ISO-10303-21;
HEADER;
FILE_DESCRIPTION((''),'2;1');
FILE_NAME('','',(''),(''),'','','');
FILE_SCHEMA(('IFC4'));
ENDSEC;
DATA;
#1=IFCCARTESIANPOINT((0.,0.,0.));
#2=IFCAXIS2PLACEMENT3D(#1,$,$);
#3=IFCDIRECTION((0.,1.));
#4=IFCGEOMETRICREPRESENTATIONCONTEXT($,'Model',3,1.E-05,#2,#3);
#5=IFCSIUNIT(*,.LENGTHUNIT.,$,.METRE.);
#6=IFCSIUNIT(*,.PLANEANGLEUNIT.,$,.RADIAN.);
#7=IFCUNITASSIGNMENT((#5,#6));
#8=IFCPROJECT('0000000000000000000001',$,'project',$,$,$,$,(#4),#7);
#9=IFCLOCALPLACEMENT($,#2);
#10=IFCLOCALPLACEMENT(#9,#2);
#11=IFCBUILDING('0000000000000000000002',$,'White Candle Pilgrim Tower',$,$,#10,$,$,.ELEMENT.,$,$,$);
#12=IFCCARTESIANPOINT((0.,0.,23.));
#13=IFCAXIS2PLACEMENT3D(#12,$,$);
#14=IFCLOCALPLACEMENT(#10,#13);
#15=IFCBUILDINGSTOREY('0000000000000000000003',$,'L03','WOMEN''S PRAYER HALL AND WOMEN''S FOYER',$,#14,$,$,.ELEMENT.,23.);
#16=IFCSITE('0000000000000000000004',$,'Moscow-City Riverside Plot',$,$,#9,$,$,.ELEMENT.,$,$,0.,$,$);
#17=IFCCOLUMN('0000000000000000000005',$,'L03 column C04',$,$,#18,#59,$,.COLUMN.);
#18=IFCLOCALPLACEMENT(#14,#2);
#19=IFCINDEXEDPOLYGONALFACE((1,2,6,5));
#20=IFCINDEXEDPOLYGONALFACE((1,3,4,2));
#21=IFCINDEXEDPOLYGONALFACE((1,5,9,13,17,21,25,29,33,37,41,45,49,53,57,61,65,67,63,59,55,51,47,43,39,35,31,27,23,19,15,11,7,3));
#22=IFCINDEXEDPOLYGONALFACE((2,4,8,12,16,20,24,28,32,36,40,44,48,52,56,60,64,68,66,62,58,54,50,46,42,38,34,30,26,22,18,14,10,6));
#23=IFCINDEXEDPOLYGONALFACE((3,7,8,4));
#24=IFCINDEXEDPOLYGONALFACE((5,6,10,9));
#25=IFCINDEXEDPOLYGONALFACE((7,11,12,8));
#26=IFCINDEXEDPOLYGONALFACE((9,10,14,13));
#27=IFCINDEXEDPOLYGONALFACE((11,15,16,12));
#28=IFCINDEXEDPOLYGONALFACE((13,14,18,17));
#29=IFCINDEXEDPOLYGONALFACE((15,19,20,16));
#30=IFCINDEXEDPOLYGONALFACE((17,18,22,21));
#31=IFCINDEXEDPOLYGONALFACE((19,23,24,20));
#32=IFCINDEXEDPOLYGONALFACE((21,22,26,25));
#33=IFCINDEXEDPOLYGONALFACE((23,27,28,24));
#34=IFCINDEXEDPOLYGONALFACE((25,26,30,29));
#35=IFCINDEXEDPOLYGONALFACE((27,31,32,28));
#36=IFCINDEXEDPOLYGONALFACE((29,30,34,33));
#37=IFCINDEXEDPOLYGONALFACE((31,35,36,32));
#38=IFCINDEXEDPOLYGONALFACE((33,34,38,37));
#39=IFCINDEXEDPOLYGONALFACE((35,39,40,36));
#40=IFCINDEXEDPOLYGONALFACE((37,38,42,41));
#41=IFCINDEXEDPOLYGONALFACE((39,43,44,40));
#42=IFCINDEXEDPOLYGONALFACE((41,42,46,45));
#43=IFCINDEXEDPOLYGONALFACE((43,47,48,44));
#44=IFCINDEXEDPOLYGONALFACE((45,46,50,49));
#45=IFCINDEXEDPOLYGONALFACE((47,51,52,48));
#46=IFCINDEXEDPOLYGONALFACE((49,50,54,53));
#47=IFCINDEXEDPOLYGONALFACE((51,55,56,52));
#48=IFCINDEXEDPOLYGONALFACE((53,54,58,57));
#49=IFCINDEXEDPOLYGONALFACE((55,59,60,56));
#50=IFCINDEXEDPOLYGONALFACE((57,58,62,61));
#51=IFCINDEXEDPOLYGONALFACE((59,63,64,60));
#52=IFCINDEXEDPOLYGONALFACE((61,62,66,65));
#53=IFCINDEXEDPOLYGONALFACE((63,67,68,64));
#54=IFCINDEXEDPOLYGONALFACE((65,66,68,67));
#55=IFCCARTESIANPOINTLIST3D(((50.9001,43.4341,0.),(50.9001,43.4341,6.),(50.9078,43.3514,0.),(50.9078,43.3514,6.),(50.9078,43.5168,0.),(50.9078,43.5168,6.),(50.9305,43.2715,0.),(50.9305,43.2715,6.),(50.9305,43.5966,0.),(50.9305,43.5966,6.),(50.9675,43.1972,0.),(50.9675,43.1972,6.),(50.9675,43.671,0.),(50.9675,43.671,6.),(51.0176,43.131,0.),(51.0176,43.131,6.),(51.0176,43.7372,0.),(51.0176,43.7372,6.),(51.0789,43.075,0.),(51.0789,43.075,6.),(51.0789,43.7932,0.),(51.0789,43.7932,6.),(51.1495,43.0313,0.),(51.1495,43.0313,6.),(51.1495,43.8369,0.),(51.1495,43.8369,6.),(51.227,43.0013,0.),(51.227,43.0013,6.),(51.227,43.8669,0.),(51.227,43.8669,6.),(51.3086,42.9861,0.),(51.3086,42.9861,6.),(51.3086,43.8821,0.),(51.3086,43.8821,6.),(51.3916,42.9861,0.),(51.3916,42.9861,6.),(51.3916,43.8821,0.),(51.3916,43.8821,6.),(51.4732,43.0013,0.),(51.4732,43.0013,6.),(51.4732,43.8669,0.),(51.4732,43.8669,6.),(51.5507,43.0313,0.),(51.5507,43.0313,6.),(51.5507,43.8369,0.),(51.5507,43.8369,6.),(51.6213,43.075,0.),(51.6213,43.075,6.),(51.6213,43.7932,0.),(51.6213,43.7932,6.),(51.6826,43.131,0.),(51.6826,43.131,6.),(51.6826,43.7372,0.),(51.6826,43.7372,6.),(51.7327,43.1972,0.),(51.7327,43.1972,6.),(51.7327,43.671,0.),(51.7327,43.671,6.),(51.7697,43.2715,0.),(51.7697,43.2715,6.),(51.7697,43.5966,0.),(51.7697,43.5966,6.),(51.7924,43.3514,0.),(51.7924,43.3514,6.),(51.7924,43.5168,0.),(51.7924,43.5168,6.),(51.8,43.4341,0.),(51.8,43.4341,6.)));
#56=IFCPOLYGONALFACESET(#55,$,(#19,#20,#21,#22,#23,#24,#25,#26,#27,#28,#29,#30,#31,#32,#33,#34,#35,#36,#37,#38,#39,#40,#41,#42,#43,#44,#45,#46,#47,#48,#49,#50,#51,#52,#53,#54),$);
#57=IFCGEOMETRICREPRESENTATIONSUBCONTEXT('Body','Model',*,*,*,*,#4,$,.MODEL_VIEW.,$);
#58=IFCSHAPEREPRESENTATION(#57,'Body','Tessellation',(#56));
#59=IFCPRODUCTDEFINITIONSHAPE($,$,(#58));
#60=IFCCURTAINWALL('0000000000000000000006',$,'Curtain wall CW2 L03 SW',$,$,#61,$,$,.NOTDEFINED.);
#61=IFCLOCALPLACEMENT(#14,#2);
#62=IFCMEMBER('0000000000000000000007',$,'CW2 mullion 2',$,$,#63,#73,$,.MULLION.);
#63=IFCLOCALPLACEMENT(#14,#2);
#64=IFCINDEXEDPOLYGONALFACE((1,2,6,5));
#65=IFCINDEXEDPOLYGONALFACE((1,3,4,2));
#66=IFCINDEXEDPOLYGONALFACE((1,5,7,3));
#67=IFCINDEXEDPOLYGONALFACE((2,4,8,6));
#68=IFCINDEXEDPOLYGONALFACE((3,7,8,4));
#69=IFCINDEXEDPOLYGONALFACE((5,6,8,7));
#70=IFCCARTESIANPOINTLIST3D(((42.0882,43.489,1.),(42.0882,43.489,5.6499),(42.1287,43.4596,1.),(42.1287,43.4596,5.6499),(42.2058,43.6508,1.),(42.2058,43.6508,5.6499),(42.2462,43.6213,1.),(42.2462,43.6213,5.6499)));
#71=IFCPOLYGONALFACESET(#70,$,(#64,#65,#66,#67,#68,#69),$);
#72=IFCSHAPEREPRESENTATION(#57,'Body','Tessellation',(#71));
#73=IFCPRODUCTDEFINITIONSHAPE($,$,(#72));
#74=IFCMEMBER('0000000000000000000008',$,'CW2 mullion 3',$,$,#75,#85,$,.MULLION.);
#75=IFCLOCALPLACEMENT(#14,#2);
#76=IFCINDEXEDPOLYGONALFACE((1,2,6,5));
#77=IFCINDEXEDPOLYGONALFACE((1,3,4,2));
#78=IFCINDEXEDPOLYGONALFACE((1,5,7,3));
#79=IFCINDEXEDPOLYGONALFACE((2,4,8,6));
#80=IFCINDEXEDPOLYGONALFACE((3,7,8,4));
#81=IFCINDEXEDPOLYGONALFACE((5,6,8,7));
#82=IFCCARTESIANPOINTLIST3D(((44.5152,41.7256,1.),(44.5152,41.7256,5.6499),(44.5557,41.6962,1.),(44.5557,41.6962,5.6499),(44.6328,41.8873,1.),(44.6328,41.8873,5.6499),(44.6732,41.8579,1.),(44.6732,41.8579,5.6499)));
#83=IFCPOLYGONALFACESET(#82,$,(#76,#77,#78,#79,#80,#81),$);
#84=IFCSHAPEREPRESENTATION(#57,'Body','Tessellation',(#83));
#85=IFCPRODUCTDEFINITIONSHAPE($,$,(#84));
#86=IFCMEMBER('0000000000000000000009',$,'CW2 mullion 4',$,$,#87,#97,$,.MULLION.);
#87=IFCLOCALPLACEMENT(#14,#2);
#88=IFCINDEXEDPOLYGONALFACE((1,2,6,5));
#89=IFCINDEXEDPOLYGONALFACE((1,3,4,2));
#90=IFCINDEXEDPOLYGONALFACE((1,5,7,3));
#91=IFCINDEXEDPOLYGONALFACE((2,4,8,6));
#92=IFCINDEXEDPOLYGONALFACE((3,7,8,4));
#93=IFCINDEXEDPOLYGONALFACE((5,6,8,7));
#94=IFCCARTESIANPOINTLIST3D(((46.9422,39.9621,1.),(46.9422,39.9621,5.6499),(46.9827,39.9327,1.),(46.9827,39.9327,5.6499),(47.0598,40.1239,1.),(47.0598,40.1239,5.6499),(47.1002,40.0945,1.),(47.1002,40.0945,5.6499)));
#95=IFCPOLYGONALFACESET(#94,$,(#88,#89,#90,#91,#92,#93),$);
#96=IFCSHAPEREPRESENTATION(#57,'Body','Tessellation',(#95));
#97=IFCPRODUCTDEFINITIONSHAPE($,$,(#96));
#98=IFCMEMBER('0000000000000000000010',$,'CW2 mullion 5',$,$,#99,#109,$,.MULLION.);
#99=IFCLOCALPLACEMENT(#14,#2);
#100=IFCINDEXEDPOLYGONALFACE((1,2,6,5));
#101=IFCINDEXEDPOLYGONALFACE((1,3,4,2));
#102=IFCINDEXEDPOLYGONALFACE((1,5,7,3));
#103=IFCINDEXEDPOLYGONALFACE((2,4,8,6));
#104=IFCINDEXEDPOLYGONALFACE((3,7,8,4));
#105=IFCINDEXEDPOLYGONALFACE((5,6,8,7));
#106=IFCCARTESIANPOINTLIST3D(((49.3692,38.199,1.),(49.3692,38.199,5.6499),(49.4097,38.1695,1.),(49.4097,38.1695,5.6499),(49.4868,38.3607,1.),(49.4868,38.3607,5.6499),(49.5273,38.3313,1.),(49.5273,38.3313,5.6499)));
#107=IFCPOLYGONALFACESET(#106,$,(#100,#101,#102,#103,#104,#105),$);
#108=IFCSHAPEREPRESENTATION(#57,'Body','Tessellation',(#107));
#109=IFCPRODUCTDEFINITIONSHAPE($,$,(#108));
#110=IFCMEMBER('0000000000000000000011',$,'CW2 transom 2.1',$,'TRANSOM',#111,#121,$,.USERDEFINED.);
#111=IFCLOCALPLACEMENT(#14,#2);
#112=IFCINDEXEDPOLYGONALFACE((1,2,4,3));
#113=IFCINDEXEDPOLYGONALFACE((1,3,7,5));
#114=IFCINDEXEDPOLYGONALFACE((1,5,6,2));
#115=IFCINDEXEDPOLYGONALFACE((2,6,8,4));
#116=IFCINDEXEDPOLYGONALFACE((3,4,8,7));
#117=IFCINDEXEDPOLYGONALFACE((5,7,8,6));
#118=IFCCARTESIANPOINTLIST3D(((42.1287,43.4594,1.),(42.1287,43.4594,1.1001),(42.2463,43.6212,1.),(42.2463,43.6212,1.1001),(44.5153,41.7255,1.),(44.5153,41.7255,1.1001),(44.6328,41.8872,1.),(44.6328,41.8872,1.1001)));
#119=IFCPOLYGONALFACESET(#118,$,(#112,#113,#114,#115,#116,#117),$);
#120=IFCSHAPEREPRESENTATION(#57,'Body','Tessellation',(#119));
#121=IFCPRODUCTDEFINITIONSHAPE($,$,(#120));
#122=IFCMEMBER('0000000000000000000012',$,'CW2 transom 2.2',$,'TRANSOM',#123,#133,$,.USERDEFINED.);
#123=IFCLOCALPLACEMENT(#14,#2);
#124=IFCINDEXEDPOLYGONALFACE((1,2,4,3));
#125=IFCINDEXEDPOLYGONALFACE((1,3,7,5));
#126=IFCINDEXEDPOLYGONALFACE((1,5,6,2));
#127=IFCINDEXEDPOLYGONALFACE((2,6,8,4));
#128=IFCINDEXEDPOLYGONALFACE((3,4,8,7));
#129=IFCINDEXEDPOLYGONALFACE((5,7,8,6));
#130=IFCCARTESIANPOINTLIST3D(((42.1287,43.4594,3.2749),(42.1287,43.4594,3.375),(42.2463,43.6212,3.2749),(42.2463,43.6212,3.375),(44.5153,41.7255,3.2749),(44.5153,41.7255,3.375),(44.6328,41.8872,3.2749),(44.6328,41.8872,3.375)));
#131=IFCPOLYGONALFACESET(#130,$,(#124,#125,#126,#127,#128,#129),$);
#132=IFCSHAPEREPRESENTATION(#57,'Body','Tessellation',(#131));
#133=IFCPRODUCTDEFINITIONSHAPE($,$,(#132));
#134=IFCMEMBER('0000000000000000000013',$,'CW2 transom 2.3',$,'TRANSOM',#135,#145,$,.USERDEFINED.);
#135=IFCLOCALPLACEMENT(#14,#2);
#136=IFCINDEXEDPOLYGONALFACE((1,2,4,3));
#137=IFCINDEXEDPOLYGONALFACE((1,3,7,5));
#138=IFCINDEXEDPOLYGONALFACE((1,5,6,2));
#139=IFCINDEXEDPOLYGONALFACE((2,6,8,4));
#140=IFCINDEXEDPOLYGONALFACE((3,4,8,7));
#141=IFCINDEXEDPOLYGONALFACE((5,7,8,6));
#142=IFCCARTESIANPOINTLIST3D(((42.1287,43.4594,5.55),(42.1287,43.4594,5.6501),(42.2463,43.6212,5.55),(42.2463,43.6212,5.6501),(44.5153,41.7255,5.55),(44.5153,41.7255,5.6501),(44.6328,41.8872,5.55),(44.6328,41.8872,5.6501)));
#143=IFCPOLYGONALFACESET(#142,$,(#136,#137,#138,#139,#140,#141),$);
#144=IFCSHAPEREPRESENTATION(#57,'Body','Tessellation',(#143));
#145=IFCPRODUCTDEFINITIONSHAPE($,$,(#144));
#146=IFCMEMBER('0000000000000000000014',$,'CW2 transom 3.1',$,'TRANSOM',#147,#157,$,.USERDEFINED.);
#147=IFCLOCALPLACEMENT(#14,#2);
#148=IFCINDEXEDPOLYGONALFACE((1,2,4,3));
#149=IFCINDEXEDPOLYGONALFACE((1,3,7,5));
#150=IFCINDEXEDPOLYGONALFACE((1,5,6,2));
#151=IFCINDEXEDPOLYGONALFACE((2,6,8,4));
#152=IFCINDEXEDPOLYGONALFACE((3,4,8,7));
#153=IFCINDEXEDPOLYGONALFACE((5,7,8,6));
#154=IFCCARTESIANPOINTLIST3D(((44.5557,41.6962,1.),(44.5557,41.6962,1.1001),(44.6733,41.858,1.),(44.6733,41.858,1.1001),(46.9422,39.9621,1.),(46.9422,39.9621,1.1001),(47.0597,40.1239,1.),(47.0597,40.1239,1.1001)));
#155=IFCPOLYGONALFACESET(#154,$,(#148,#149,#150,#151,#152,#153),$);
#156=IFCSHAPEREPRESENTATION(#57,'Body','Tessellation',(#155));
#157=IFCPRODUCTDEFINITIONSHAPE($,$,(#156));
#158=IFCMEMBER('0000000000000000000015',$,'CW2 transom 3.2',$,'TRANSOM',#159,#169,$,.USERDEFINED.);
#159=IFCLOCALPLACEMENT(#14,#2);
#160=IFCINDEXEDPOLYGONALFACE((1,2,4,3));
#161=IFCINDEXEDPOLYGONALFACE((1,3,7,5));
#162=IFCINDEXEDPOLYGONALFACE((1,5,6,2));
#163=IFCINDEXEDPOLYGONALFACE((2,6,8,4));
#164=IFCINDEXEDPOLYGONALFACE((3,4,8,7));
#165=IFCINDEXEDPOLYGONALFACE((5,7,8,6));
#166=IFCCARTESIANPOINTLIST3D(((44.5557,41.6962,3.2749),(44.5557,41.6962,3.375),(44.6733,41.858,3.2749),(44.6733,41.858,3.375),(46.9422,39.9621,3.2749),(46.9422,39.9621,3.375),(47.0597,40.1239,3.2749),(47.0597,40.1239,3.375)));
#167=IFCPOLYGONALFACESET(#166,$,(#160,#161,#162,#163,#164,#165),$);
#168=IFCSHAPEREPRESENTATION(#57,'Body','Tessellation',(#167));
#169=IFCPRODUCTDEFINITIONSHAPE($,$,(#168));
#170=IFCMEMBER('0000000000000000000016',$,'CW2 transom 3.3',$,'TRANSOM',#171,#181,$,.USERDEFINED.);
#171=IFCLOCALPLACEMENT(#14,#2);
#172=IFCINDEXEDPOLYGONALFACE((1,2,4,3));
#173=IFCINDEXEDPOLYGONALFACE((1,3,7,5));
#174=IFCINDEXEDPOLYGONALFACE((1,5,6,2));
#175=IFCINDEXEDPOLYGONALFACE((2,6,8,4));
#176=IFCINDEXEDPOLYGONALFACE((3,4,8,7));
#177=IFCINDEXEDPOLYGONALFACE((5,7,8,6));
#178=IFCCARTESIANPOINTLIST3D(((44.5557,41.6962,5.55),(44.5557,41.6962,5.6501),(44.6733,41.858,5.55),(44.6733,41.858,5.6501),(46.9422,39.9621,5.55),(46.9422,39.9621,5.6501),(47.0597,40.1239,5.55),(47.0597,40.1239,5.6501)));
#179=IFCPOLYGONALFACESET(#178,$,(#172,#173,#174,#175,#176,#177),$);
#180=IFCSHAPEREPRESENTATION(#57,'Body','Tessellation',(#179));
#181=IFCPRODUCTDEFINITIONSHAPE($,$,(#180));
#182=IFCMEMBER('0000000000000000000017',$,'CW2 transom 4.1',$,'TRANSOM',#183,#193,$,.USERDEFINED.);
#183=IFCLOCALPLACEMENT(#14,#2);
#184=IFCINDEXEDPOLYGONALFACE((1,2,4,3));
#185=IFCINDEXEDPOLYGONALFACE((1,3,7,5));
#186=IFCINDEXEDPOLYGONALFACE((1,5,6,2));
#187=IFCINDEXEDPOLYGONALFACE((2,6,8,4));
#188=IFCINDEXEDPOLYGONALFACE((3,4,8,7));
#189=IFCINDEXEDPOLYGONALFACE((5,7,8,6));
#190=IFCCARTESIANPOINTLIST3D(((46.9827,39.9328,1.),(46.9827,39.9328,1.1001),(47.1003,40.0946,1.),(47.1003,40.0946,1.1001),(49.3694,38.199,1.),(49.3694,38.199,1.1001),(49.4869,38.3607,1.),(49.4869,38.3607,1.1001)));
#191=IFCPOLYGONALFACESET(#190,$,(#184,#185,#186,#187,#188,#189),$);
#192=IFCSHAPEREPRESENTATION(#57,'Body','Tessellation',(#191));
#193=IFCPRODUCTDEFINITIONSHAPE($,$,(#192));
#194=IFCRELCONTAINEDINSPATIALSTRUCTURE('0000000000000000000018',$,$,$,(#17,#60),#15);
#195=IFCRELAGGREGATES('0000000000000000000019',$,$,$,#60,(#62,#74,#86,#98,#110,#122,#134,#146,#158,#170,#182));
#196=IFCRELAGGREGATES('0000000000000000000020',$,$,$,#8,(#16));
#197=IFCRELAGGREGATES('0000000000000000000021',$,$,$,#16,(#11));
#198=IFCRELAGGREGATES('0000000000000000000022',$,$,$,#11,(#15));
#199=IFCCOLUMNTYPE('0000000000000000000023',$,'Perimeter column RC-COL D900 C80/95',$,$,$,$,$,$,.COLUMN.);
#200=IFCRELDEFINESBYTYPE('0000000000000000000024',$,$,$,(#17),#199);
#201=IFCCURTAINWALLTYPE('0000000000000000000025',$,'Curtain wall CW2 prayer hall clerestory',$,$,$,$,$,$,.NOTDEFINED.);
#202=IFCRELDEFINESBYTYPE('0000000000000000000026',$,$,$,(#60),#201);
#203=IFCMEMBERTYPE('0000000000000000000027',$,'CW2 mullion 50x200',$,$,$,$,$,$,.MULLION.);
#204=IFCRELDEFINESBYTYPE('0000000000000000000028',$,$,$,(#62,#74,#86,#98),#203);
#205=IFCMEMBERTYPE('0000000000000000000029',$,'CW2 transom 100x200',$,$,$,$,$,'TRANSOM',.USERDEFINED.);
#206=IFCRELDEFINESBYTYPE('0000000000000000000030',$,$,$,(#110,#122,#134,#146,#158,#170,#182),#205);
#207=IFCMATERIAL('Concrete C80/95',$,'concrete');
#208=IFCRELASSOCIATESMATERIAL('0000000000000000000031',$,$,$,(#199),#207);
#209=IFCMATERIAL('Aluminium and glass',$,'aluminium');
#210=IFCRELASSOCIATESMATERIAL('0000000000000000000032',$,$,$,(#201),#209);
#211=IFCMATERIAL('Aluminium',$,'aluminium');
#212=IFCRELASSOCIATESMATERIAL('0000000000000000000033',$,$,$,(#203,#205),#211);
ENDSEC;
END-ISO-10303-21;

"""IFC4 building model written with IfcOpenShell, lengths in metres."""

from ifc_helpers import new_model, si_unit, direction, frame, origin, origin_2d, place, context, subcontext, project, spatial, rectangle, circle, extrude, material, material_profile, profile_set, type_object, element, aggregate, save


model = new_model("IFC4")

# Units and contexts
model_context = context("Model", 3, precision=1e-05, world=origin(), true_north=direction((0.0, 1.0)))
body_context = subcontext(model_context, "Body", "Model", "MODEL_VIEW")
ifc_project = project(units=[si_unit("LENGTHUNIT", "METRE"), si_unit("PLANEANGLEUNIT", "RADIAN")], contexts=[model_context])

# Site, building, storey
site_placement = place(None, origin())
site = spatial("IfcSite", under=ifc_project, at=site_placement, Name="Moscow-City Riverside Plot", CompositionType="ELEMENT", RefElevation=0.0)
building_placement = place(site_placement, origin())
building = spatial("IfcBuilding", under=site, at=building_placement, Name="White Candle Pilgrim Tower", CompositionType="ELEMENT")
storey_placement = place(building_placement, frame((0.0, 0.0, 23.0)))
storey = spatial("IfcBuildingStorey", under=building, at=storey_placement, Name="L03", Description="WOMEN'S PRAYER HALL AND WOMEN'S FOYER", CompositionType="ELEMENT", Elevation=23.0)

# Column
ifc_material_1 = material(Name="Concrete C80/95", Category="concrete")
ifc_material_profile_1 = material_profile(ifc_material_1, circle(Radius=0.45, at=origin_2d()), Name="RC-COL D900")
ifc_profile_set_1 = profile_set([ifc_material_profile_1], Name="Concrete C80/95")
column_type = type_object("IfcColumnType", Name="Perimeter column RC-COL D900 C80/95", PredefinedType="COLUMN", material=ifc_profile_set_1)
for number, where, z_axis, x_axis, name in (
    (1, (51.3501, 43.4341, 0.0), (0.0, 0.0, 1.0), (1.0, 0.0, 0.0), "L03 column C04"),
):
    element("IfcColumn", number, at=place(storey_placement, frame(where, z_axis=z_axis, x_axis=x_axis)), inside=storey, type_object=column_type, Name=name, PredefinedType="COLUMN", context=body_context, shape_type="SweptSolid", body=[
        extrude(circle(Radius=0.45, at=origin_2d()), origin(), (0.0, 0.0, 1.0), 6.0),
    ])

# Curtain wall, members
ifc_material_2 = material(Name="Aluminium and glass", Category="aluminium")
curtain_wall_type = type_object("IfcCurtainWallType", Name="Curtain wall CW2 prayer hall clerestory", PredefinedType="NOTDEFINED", material=ifc_material_2)
curtain_wall_placement = place(storey_placement, origin())
curtain_wall = element("IfcCurtainWall", 2, at=curtain_wall_placement, inside=storey, type_object=curtain_wall_type, Name="Curtain wall CW2 L03 SW", PredefinedType="NOTDEFINED")
ifc_material_3 = material(Name="Aluminium", Category="aluminium")
ifc_material_profile_2 = material_profile(ifc_material_3, rectangle(XDim=0.2, YDim=0.05, at=origin_2d()), Name="CW2 mullion 50x200")
ifc_profile_set_2 = profile_set([ifc_material_profile_2], Name="Aluminium")
member_type_1 = type_object("IfcMemberType", Name="CW2 mullion 50x200", PredefinedType="MULLION", material=ifc_profile_set_2)
member_1_placement = place(storey_placement, frame((42.1672, 43.5552, 1.0), z_axis=(0.0, 0.0, 1.0), x_axis=(0.587785, 0.809017, 0.0)))
member_1 = element("IfcMember", 3, at=member_1_placement, type_object=member_type_1, Name="CW2 mullion 2", PredefinedType="MULLION", context=body_context, shape_type="SweptSolid", body=[
    extrude(rectangle(XDim=0.2, YDim=0.05, at=origin_2d()), origin(), (0.0, 0.0, 1.0), 4.6499),
])
member_2_placement = place(storey_placement, frame((44.5942, 41.7917, 1.0), z_axis=(0.0, 0.0, 1.0), x_axis=(0.587785, 0.809017, 0.0)))
member_2 = element("IfcMember", 4, at=member_2_placement, type_object=member_type_1, Name="CW2 mullion 3", PredefinedType="MULLION", context=body_context, shape_type="SweptSolid", body=[
    extrude(rectangle(XDim=0.2, YDim=0.05, at=origin_2d()), origin(), (0.0, 0.0, 1.0), 4.6499),
])
member_3_placement = place(storey_placement, frame((47.0212, 40.0283, 1.0), z_axis=(0.0, 0.0, 1.0), x_axis=(0.587785, 0.809017, 0.0)))
member_3 = element("IfcMember", 5, at=member_3_placement, type_object=member_type_1, Name="CW2 mullion 4", PredefinedType="MULLION", context=body_context, shape_type="SweptSolid", body=[
    extrude(rectangle(XDim=0.2, YDim=0.05, at=origin_2d()), origin(), (0.0, 0.0, 1.0), 4.6499),
])
member_4_placement = place(storey_placement, frame((49.4482, 38.2651, 1.0), z_axis=(0.0, 0.0, 1.0), x_axis=(0.587785, 0.809017, 0.0)))
member_4 = element("IfcMember", 6, at=member_4_placement, type_object=member_type_1, Name="CW2 mullion 5", PredefinedType="MULLION", context=body_context, shape_type="SweptSolid", body=[
    extrude(rectangle(XDim=0.2, YDim=0.05, at=origin_2d()), origin(), (0.0, 0.0, 1.0), 4.6499),
])
ifc_material_profile_3 = material_profile(ifc_material_3, rectangle(XDim=0.2, YDim=0.1001, at=origin_2d()), Name="CW2 transom 100x200")
ifc_profile_set_3 = profile_set([ifc_material_profile_3], Name="Aluminium")
member_type_2 = type_object("IfcMemberType", Name="CW2 transom 100x200", ElementType="TRANSOM", PredefinedType="USERDEFINED", material=ifc_profile_set_3)
member_5_placement = place(storey_placement, frame((42.1875, 43.5403, 1.05), z_axis=(0.809015, -0.587788, 0.0), x_axis=(0.587788, 0.809015, 0.0)))
member_5 = element("IfcMember", 7, at=member_5_placement, type_object=member_type_2, Name="CW2 transom 2.1", ObjectType="TRANSOM", PredefinedType="USERDEFINED", context=body_context, shape_type="SweptSolid", body=[
    extrude(rectangle(XDim=0.2, YDim=0.1001, at=origin_2d()), origin(), (0.0, 0.0, 1.0), 2.95),
])
member_6_placement = place(storey_placement, frame((42.1875, 43.5403, 3.325), z_axis=(0.809015, -0.587788, 0.0), x_axis=(0.587788, 0.809015, 0.0)))
member_6 = element("IfcMember", 8, at=member_6_placement, type_object=member_type_2, Name="CW2 transom 2.2", ObjectType="TRANSOM", PredefinedType="USERDEFINED", context=body_context, shape_type="SweptSolid", body=[
    extrude(rectangle(XDim=0.2, YDim=0.1001, at=origin_2d()), origin(), (0.0, 0.0, 1.0), 2.95),
])
member_7_placement = place(storey_placement, frame((42.1875, 43.5403, 5.6001), z_axis=(0.809015, -0.587788, 0.0), x_axis=(0.587788, 0.809015, 0.0)))
member_7 = element("IfcMember", 9, at=member_7_placement, type_object=member_type_2, Name="CW2 transom 2.3", ObjectType="TRANSOM", PredefinedType="USERDEFINED", context=body_context, shape_type="SweptSolid", body=[
    extrude(rectangle(XDim=0.2, YDim=0.1001, at=origin_2d()), origin(), (0.0, 0.0, 1.0), 2.95),
])
member_8_placement = place(storey_placement, frame((44.6145, 41.7771, 1.05), z_axis=(0.808976, -0.587842, 0.0), x_axis=(0.587842, 0.808976, 0.0)))
member_8 = element("IfcMember", 10, at=member_8_placement, type_object=member_type_2, Name="CW2 transom 3.1", ObjectType="TRANSOM", PredefinedType="USERDEFINED", context=body_context, shape_type="SweptSolid", body=[
    extrude(rectangle(XDim=0.2, YDim=0.1001, at=origin_2d()), origin(), (0.0, 0.0, 1.0), 2.95),
])
member_9_placement = place(storey_placement, frame((44.6145, 41.7771, 3.325), z_axis=(0.808976, -0.587842, 0.0), x_axis=(0.587842, 0.808976, 0.0)))
member_9 = element("IfcMember", 11, at=member_9_placement, type_object=member_type_2, Name="CW2 transom 3.2", ObjectType="TRANSOM", PredefinedType="USERDEFINED", context=body_context, shape_type="SweptSolid", body=[
    extrude(rectangle(XDim=0.2, YDim=0.1001, at=origin_2d()), origin(), (0.0, 0.0, 1.0), 2.95),
])
member_10_placement = place(storey_placement, frame((44.6145, 41.7771, 5.6001), z_axis=(0.808976, -0.587842, 0.0), x_axis=(0.587842, 0.808976, 0.0)))
member_10 = element("IfcMember", 12, at=member_10_placement, type_object=member_type_2, Name="CW2 transom 3.3", ObjectType="TRANSOM", PredefinedType="USERDEFINED", context=body_context, shape_type="SweptSolid", body=[
    extrude(rectangle(XDim=0.2, YDim=0.1001, at=origin_2d()), origin(), (0.0, 0.0, 1.0), 2.95),
])
member_11_placement = place(storey_placement, frame((47.0415, 40.0137, 1.05), z_axis=(0.809044, -0.587748, 0.0), x_axis=(0.587748, 0.809044, 0.0)))
member_11 = element("IfcMember", 13, at=member_11_placement, type_object=member_type_2, Name="CW2 transom 4.1", ObjectType="TRANSOM", PredefinedType="USERDEFINED", context=body_context, shape_type="SweptSolid", body=[
    extrude(rectangle(XDim=0.2, YDim=0.1001, at=origin_2d()), origin(), (0.0, 0.0, 1.0), 2.95),
])

aggregate(curtain_wall, [member_1, member_2, member_3, member_4, member_5, member_6, member_7, member_8, member_9, member_10, member_11])

save(model, "model.ifc")
